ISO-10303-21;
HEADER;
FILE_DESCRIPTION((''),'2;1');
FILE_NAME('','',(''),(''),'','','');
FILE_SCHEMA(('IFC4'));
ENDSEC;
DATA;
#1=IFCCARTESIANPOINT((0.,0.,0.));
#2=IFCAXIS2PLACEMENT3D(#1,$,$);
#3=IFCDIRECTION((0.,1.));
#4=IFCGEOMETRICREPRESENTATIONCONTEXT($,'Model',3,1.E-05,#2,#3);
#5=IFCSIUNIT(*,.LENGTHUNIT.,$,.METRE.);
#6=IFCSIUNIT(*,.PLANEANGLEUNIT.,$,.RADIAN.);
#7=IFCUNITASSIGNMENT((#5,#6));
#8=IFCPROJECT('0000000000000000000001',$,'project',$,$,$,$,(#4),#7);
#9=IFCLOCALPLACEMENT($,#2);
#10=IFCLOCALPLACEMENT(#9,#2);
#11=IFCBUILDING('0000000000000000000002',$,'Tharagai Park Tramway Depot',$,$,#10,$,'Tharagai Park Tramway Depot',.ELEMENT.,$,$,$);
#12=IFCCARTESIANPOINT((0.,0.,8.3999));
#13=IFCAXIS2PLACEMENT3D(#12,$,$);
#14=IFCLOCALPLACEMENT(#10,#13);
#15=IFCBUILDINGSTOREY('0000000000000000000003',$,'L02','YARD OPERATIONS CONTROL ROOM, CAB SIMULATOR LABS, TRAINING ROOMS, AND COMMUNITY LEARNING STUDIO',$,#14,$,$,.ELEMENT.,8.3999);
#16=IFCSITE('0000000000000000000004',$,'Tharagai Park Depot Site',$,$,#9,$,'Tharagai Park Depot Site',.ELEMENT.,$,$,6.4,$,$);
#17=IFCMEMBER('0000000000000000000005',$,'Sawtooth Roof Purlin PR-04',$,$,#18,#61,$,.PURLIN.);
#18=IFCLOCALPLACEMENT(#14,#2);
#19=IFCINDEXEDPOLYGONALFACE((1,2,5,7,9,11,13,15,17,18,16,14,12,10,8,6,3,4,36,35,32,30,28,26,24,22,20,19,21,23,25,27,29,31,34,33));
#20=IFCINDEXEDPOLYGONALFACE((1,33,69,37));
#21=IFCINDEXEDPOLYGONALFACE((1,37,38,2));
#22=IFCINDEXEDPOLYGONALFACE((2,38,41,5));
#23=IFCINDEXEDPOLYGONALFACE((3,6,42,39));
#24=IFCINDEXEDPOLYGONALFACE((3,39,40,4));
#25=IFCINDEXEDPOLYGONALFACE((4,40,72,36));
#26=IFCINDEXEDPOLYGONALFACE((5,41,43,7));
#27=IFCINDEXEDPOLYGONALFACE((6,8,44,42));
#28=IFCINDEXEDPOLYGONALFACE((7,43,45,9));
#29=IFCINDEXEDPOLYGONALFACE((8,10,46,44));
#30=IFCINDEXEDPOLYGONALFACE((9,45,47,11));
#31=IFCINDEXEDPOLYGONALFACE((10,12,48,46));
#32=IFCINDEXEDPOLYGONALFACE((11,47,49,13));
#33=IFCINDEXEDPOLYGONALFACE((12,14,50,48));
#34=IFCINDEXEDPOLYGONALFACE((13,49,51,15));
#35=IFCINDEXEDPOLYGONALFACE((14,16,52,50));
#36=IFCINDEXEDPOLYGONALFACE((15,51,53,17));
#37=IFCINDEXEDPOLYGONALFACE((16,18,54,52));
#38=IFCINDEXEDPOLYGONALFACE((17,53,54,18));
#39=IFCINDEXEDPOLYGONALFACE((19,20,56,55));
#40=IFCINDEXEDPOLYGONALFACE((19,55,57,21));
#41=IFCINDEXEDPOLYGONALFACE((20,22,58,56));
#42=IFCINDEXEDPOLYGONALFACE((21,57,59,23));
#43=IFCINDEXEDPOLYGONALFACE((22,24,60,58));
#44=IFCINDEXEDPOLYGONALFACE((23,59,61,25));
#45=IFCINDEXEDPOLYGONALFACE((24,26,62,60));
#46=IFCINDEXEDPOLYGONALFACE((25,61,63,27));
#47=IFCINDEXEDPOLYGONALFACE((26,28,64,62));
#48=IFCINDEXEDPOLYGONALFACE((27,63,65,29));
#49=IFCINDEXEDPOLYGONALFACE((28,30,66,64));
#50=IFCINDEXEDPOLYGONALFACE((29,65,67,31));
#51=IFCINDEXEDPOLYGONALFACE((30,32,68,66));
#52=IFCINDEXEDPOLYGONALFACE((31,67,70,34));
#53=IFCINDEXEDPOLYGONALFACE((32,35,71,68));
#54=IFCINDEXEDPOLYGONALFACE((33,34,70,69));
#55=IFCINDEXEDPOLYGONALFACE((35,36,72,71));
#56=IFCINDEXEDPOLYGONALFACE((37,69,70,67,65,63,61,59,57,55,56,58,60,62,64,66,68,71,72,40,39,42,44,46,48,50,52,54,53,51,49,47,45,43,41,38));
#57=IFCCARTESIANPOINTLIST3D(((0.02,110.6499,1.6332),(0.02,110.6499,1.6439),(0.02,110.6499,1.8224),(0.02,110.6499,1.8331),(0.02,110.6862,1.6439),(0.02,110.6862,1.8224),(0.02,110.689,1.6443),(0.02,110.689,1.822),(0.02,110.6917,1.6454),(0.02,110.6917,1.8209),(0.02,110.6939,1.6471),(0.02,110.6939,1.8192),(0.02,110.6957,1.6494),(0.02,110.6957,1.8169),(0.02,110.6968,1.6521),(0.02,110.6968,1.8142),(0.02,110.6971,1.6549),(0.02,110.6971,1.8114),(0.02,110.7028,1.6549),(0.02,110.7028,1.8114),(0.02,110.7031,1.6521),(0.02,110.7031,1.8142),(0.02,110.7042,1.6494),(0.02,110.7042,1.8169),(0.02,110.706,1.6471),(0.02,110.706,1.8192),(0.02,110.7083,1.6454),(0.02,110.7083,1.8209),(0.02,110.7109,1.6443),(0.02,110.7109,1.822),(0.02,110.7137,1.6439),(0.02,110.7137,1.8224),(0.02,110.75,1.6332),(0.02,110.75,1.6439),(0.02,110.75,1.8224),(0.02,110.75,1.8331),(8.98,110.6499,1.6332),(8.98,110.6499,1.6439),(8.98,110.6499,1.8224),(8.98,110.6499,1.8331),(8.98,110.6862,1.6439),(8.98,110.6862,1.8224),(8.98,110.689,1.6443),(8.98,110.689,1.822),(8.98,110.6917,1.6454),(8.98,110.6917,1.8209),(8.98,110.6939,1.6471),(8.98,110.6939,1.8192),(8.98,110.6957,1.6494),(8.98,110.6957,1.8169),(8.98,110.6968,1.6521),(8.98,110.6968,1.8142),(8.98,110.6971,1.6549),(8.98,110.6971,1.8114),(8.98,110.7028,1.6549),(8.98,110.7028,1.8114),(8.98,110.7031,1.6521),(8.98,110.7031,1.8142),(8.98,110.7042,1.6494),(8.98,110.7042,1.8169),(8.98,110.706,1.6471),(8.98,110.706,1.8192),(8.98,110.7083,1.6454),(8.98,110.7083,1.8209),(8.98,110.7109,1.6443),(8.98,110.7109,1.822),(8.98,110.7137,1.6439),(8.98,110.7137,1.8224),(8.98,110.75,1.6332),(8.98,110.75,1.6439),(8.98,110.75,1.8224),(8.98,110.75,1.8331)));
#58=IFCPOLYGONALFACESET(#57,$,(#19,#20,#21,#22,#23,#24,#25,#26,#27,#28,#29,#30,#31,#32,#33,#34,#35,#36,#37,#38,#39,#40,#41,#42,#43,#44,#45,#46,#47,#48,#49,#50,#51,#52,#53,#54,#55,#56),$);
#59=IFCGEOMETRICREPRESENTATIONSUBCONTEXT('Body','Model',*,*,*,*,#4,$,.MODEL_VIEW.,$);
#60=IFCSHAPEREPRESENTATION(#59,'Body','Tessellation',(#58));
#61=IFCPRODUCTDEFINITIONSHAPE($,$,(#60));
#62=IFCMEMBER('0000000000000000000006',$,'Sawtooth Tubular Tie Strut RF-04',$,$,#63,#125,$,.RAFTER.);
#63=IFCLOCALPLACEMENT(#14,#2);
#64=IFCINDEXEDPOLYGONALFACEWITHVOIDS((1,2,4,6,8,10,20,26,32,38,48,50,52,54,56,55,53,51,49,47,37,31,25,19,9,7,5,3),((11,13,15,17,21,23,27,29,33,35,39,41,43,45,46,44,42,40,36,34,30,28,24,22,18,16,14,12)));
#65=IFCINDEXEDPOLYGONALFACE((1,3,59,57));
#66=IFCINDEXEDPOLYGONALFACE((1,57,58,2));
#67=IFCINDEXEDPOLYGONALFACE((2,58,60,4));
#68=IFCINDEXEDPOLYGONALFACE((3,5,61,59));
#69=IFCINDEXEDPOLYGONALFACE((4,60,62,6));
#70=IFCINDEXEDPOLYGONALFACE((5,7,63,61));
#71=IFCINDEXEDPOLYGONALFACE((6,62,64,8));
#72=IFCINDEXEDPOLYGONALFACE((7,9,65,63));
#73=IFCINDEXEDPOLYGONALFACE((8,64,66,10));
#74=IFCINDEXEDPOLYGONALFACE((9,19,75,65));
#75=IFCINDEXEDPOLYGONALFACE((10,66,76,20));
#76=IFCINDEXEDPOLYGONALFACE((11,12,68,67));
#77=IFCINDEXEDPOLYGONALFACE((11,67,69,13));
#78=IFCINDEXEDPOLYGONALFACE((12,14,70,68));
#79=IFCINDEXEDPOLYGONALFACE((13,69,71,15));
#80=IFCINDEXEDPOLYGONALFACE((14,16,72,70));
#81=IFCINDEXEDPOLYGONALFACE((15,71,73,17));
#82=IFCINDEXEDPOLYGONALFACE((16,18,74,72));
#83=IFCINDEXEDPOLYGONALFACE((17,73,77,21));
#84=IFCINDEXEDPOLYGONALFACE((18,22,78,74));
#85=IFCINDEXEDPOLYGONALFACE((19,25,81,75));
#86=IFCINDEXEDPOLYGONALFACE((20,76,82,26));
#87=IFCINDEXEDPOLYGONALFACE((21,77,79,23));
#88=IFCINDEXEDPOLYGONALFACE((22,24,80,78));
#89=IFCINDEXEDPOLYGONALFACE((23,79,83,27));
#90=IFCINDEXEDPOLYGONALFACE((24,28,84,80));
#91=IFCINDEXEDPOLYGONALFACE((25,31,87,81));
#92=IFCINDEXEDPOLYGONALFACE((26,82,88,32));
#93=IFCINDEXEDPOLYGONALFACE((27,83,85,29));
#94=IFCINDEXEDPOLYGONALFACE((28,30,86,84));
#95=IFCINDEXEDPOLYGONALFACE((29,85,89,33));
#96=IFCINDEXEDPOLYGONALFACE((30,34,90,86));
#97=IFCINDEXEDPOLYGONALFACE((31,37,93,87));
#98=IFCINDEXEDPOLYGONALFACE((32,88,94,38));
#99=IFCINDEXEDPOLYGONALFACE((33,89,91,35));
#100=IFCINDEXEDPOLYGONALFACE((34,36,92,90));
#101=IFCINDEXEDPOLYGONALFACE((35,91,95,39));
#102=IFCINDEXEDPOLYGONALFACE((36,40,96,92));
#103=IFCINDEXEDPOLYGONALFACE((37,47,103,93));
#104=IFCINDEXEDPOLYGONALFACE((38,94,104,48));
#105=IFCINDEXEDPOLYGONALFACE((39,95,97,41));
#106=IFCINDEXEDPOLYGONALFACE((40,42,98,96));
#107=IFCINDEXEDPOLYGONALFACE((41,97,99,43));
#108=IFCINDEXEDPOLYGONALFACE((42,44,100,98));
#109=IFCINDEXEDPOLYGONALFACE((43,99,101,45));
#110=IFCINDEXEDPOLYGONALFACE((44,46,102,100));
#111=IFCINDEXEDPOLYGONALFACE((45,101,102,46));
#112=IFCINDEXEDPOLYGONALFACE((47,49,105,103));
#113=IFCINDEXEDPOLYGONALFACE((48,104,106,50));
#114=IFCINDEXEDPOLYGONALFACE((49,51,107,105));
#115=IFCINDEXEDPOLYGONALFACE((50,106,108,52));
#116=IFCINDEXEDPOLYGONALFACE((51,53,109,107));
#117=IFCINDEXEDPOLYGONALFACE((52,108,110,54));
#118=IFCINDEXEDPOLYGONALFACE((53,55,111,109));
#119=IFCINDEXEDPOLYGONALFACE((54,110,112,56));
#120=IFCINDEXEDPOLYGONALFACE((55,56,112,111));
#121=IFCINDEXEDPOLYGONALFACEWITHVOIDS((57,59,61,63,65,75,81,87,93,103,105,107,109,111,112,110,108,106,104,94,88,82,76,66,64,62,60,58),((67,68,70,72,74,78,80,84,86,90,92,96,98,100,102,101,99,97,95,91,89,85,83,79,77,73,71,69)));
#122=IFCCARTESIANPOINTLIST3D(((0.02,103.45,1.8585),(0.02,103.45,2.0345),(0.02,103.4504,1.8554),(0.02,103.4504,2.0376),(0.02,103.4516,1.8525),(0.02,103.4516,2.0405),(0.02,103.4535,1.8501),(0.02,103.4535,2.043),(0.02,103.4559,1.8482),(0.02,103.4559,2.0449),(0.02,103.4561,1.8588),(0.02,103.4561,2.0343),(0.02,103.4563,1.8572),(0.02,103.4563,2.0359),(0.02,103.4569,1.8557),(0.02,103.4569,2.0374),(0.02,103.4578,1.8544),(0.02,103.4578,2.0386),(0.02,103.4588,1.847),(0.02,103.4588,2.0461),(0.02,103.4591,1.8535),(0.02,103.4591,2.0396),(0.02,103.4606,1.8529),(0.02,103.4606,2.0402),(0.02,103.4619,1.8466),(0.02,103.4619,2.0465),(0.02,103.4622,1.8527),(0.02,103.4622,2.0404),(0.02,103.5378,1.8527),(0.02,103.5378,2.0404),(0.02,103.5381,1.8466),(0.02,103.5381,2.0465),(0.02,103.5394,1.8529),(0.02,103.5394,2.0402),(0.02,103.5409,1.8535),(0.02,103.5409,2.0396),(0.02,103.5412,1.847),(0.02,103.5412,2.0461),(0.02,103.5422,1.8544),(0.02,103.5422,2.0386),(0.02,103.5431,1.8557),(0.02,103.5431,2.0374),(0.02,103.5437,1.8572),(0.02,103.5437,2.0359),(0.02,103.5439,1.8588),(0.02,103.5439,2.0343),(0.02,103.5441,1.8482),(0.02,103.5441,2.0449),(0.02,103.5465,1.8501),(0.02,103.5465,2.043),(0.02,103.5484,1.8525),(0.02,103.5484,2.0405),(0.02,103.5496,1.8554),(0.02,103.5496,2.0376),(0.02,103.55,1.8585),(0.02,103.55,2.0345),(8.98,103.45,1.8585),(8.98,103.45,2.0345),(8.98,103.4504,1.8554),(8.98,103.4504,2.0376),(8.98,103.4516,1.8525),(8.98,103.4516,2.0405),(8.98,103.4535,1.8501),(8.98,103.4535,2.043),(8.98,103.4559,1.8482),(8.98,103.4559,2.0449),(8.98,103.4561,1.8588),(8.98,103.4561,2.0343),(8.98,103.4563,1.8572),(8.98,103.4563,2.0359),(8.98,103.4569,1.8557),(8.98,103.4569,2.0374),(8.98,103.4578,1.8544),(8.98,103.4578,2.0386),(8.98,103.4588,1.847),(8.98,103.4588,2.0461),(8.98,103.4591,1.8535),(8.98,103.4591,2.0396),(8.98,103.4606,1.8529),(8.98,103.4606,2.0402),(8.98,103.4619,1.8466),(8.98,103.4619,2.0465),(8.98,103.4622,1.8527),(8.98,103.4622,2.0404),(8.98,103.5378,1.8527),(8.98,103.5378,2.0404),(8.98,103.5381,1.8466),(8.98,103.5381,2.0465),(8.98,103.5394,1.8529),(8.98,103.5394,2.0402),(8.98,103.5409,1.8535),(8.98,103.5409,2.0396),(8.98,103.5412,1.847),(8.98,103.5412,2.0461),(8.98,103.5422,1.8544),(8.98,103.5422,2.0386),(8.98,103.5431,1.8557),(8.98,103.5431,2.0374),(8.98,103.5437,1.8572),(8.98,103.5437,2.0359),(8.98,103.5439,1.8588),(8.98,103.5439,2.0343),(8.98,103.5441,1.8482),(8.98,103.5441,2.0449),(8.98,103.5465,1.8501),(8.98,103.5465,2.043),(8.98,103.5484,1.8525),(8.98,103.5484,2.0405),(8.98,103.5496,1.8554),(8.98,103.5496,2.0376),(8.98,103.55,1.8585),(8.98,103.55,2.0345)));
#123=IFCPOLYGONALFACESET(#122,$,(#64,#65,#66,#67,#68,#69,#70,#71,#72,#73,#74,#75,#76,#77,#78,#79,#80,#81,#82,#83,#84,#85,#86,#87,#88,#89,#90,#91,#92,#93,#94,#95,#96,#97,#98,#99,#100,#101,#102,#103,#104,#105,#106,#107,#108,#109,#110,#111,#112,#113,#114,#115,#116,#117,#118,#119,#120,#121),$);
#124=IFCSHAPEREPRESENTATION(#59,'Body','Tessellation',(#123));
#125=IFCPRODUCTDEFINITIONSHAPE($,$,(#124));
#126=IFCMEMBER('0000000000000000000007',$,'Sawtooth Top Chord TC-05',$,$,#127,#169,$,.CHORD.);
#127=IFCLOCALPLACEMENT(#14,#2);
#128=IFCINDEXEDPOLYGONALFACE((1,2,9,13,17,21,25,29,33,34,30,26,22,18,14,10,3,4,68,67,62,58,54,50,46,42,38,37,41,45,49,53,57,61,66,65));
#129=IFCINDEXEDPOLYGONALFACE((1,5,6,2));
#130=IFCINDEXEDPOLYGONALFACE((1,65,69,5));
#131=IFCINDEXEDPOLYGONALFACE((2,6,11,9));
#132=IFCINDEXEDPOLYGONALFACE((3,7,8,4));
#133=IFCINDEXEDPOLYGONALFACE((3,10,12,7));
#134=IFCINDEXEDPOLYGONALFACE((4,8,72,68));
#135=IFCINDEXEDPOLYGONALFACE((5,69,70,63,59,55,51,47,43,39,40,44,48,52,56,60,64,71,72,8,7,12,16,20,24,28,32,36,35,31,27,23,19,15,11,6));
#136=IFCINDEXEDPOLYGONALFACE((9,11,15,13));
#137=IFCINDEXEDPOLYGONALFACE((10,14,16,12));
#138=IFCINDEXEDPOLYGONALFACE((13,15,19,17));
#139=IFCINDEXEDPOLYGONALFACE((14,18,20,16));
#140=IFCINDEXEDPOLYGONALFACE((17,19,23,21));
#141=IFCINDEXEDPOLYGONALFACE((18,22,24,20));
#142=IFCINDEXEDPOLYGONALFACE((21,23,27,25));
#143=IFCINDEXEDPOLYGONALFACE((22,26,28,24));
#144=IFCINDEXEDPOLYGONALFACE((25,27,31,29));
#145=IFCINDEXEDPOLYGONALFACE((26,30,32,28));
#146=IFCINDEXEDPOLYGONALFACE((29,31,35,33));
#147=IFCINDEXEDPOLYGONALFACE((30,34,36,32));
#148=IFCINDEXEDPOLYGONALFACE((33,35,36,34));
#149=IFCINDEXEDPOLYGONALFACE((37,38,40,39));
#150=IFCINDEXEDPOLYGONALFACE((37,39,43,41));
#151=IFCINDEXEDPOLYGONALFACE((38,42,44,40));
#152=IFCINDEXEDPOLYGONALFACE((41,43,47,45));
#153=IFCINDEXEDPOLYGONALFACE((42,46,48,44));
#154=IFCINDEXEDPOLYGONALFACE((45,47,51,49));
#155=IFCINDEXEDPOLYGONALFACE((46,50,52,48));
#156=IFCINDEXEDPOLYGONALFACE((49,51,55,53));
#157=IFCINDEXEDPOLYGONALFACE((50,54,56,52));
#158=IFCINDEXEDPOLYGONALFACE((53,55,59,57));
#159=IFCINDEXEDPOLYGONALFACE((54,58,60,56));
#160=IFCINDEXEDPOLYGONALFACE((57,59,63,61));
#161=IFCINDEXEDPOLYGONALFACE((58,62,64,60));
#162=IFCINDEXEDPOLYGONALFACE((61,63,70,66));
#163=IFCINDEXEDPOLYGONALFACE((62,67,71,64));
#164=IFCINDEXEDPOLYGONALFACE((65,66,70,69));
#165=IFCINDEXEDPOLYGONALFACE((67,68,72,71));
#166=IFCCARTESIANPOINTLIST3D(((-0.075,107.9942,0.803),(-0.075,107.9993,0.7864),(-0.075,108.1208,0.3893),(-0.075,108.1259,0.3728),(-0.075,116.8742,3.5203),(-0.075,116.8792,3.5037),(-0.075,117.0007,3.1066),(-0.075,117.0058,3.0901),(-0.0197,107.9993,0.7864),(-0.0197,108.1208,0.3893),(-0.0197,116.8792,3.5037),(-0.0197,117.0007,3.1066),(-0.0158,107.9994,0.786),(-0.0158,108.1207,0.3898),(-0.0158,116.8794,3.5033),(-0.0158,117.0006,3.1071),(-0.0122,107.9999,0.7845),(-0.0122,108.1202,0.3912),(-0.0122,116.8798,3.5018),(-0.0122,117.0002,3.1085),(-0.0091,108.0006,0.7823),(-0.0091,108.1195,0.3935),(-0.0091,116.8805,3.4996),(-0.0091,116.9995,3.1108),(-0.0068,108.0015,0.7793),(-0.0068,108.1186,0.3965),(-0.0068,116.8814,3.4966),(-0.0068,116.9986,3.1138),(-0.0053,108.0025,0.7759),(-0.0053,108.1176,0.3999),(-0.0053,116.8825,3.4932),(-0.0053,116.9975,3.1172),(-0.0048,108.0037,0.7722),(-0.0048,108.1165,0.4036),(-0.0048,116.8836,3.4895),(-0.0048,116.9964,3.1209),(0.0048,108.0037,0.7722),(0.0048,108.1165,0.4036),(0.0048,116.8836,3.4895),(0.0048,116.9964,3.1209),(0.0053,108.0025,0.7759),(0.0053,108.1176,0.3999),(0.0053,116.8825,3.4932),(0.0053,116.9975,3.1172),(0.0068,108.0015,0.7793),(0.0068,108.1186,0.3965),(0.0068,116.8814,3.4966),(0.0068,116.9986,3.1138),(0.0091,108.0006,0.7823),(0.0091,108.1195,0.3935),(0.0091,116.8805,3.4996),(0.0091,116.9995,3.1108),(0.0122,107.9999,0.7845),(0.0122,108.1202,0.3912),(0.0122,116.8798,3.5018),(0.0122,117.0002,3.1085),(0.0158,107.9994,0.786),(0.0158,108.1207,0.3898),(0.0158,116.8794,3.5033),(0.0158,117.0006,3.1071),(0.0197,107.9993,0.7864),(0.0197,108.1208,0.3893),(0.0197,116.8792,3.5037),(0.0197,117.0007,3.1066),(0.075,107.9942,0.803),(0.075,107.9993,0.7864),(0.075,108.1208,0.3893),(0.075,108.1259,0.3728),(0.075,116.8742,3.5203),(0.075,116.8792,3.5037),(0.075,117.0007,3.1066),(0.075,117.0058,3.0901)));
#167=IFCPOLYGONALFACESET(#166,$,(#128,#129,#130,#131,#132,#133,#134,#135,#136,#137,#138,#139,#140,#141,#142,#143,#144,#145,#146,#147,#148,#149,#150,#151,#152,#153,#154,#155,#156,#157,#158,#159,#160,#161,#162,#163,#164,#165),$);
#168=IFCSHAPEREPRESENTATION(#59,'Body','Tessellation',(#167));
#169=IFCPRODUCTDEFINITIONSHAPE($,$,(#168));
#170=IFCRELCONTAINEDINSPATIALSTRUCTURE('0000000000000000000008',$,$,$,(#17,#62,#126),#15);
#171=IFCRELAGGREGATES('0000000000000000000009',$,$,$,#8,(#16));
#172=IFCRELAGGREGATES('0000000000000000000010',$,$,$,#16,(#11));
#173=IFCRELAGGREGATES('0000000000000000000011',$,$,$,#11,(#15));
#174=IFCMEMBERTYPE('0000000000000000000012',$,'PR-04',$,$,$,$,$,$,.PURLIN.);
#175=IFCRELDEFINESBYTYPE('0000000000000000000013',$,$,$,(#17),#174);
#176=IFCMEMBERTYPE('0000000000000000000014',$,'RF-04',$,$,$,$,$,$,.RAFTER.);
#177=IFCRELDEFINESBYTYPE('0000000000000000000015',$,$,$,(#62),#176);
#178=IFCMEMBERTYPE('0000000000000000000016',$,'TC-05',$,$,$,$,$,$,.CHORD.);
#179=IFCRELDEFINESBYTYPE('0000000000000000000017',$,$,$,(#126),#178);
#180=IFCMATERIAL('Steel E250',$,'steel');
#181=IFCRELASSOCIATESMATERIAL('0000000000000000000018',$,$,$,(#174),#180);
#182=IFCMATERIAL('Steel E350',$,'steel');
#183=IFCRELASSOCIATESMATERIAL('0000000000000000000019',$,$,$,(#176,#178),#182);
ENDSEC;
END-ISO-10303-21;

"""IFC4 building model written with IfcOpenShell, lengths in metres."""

from ifc_helpers import new_model, si_unit, direction, frame, origin, origin_2d, place, context, subcontext, project, spatial, hollow_rectangle, i_section, extrude, material, material_profile, profile_set, type_object, element, save


model = new_model("IFC4")

# Units and contexts
model_context = context("Model", 3, precision=1e-05, world=origin(), true_north=direction((0.0, 1.0)))
body_context = subcontext(model_context, "Body", "Model", "MODEL_VIEW")
ifc_project = project(units=[si_unit("LENGTHUNIT", "METRE"), si_unit("PLANEANGLEUNIT", "RADIAN")], contexts=[model_context])

# Site, building, storey
site_placement = place(None, origin())
site = spatial("IfcSite", under=ifc_project, at=site_placement, Name="Tharagai Park Depot Site", LongName="Tharagai Park Depot Site", CompositionType="ELEMENT", RefElevation=6.4)
building_placement = place(site_placement, origin())
building = spatial("IfcBuilding", under=site, at=building_placement, Name="Tharagai Park Tramway Depot", LongName="Tharagai Park Tramway Depot", CompositionType="ELEMENT")
storey_placement = place(building_placement, frame((0.0, 0.0, 8.3999)))
storey = spatial("IfcBuildingStorey", under=building, at=storey_placement, Name="L02", Description="YARD OPERATIONS CONTROL ROOM, CAB SIMULATOR LABS, TRAINING ROOMS, AND COMMUNITY LEARNING STUDIO", CompositionType="ELEMENT", Elevation=8.3999)

# Shared definitions
ifc_material_1 = material(Name="Steel E350", Category="steel")

# Members
ifc_material_2 = material(Name="Steel E250", Category="steel")
ifc_material_profile_1 = material_profile(ifc_material_2, i_section(OverallWidth=0.1001, OverallDepth=0.2, WebThickness=0.0056, FlangeThickness=0.0107, FilletRadius=0.011, at=origin_2d()), Name="ISMB 200")
ifc_profile_set_1 = profile_set([ifc_material_profile_1], Name="Steel E250")
member_type_1 = type_object("IfcMemberType", Name="PR-04", PredefinedType="PURLIN", material=ifc_profile_set_1)
member_1_placement = place(storey_placement, frame((0.02, 110.7, 1.7332), z_axis=(1.0, 0.0, 0.0), x_axis=(0.0, 1.0, 0.0)))
element("IfcMember", 1, at=member_1_placement, inside=storey, type_object=member_type_1, Name="Sawtooth Roof Purlin PR-04", PredefinedType="PURLIN", context=body_context, shape_type="SweptSolid", body=[
    extrude(i_section(OverallWidth=0.1001, OverallDepth=0.2, WebThickness=0.0056, FlangeThickness=0.0107, FilletRadius=0.011, at=origin_2d()), origin(), (0.0, 0.0, 1.0), 8.96),
])
ifc_material_profile_2 = material_profile(ifc_material_1, hollow_rectangle(XDim=0.1001, YDim=0.2, WallThickness=0.0061, InnerFilletRadius=0.0061, OuterFilletRadius=0.012, at=origin_2d()), Name="RHS 200x100x6")
ifc_profile_set_2 = profile_set([ifc_material_profile_2], Name="Steel E350")
member_type_2 = type_object("IfcMemberType", Name="RF-04", PredefinedType="RAFTER", material=ifc_profile_set_2)
member_2_placement = place(storey_placement, frame((0.02, 103.5, 1.9465), z_axis=(1.0, 0.0, 0.0), x_axis=(0.0, 1.0, 0.0)))
element("IfcMember", 2, at=member_2_placement, inside=storey, type_object=member_type_2, Name="Sawtooth Tubular Tie Strut RF-04", PredefinedType="RAFTER", context=body_context, shape_type="SweptSolid", body=[
    extrude(hollow_rectangle(XDim=0.1001, YDim=0.2, WallThickness=0.0061, InnerFilletRadius=0.0061, OuterFilletRadius=0.012, at=origin_2d()), origin(), (0.0, 0.0, 1.0), 8.96),
])
ifc_material_profile_3 = material_profile(ifc_material_1, i_section(OverallWidth=0.1499, OverallDepth=0.45, WebThickness=0.0095, FlangeThickness=0.0173, FilletRadius=0.0149, at=origin_2d()), Name="ISMB 450")
ifc_profile_set_3 = profile_set([ifc_material_profile_3], Name="Steel E350")
member_type_3 = type_object("IfcMemberType", Name="TC-05", PredefinedType="CHORD", material=ifc_profile_set_3)
member_3_placement = place(storey_placement, frame((0.0, 108.0601, 0.5879), z_axis=(0.0, 0.956231, 0.292611), x_axis=(-1.0, 0.0, 0.0)))
element("IfcMember", 3, at=member_3_placement, inside=storey, type_object=member_type_3, Name="Sawtooth Top Chord TC-05", PredefinedType="CHORD", context=body_context, shape_type="SweptSolid", body=[
    extrude(i_section(OverallWidth=0.1499, OverallDepth=0.45, WebThickness=0.0095, FlangeThickness=0.0173, FilletRadius=0.0149, at=origin_2d()), origin(), (0.0, 0.0, 1.0), 9.2864),
])

save(model, "model.ifc")
